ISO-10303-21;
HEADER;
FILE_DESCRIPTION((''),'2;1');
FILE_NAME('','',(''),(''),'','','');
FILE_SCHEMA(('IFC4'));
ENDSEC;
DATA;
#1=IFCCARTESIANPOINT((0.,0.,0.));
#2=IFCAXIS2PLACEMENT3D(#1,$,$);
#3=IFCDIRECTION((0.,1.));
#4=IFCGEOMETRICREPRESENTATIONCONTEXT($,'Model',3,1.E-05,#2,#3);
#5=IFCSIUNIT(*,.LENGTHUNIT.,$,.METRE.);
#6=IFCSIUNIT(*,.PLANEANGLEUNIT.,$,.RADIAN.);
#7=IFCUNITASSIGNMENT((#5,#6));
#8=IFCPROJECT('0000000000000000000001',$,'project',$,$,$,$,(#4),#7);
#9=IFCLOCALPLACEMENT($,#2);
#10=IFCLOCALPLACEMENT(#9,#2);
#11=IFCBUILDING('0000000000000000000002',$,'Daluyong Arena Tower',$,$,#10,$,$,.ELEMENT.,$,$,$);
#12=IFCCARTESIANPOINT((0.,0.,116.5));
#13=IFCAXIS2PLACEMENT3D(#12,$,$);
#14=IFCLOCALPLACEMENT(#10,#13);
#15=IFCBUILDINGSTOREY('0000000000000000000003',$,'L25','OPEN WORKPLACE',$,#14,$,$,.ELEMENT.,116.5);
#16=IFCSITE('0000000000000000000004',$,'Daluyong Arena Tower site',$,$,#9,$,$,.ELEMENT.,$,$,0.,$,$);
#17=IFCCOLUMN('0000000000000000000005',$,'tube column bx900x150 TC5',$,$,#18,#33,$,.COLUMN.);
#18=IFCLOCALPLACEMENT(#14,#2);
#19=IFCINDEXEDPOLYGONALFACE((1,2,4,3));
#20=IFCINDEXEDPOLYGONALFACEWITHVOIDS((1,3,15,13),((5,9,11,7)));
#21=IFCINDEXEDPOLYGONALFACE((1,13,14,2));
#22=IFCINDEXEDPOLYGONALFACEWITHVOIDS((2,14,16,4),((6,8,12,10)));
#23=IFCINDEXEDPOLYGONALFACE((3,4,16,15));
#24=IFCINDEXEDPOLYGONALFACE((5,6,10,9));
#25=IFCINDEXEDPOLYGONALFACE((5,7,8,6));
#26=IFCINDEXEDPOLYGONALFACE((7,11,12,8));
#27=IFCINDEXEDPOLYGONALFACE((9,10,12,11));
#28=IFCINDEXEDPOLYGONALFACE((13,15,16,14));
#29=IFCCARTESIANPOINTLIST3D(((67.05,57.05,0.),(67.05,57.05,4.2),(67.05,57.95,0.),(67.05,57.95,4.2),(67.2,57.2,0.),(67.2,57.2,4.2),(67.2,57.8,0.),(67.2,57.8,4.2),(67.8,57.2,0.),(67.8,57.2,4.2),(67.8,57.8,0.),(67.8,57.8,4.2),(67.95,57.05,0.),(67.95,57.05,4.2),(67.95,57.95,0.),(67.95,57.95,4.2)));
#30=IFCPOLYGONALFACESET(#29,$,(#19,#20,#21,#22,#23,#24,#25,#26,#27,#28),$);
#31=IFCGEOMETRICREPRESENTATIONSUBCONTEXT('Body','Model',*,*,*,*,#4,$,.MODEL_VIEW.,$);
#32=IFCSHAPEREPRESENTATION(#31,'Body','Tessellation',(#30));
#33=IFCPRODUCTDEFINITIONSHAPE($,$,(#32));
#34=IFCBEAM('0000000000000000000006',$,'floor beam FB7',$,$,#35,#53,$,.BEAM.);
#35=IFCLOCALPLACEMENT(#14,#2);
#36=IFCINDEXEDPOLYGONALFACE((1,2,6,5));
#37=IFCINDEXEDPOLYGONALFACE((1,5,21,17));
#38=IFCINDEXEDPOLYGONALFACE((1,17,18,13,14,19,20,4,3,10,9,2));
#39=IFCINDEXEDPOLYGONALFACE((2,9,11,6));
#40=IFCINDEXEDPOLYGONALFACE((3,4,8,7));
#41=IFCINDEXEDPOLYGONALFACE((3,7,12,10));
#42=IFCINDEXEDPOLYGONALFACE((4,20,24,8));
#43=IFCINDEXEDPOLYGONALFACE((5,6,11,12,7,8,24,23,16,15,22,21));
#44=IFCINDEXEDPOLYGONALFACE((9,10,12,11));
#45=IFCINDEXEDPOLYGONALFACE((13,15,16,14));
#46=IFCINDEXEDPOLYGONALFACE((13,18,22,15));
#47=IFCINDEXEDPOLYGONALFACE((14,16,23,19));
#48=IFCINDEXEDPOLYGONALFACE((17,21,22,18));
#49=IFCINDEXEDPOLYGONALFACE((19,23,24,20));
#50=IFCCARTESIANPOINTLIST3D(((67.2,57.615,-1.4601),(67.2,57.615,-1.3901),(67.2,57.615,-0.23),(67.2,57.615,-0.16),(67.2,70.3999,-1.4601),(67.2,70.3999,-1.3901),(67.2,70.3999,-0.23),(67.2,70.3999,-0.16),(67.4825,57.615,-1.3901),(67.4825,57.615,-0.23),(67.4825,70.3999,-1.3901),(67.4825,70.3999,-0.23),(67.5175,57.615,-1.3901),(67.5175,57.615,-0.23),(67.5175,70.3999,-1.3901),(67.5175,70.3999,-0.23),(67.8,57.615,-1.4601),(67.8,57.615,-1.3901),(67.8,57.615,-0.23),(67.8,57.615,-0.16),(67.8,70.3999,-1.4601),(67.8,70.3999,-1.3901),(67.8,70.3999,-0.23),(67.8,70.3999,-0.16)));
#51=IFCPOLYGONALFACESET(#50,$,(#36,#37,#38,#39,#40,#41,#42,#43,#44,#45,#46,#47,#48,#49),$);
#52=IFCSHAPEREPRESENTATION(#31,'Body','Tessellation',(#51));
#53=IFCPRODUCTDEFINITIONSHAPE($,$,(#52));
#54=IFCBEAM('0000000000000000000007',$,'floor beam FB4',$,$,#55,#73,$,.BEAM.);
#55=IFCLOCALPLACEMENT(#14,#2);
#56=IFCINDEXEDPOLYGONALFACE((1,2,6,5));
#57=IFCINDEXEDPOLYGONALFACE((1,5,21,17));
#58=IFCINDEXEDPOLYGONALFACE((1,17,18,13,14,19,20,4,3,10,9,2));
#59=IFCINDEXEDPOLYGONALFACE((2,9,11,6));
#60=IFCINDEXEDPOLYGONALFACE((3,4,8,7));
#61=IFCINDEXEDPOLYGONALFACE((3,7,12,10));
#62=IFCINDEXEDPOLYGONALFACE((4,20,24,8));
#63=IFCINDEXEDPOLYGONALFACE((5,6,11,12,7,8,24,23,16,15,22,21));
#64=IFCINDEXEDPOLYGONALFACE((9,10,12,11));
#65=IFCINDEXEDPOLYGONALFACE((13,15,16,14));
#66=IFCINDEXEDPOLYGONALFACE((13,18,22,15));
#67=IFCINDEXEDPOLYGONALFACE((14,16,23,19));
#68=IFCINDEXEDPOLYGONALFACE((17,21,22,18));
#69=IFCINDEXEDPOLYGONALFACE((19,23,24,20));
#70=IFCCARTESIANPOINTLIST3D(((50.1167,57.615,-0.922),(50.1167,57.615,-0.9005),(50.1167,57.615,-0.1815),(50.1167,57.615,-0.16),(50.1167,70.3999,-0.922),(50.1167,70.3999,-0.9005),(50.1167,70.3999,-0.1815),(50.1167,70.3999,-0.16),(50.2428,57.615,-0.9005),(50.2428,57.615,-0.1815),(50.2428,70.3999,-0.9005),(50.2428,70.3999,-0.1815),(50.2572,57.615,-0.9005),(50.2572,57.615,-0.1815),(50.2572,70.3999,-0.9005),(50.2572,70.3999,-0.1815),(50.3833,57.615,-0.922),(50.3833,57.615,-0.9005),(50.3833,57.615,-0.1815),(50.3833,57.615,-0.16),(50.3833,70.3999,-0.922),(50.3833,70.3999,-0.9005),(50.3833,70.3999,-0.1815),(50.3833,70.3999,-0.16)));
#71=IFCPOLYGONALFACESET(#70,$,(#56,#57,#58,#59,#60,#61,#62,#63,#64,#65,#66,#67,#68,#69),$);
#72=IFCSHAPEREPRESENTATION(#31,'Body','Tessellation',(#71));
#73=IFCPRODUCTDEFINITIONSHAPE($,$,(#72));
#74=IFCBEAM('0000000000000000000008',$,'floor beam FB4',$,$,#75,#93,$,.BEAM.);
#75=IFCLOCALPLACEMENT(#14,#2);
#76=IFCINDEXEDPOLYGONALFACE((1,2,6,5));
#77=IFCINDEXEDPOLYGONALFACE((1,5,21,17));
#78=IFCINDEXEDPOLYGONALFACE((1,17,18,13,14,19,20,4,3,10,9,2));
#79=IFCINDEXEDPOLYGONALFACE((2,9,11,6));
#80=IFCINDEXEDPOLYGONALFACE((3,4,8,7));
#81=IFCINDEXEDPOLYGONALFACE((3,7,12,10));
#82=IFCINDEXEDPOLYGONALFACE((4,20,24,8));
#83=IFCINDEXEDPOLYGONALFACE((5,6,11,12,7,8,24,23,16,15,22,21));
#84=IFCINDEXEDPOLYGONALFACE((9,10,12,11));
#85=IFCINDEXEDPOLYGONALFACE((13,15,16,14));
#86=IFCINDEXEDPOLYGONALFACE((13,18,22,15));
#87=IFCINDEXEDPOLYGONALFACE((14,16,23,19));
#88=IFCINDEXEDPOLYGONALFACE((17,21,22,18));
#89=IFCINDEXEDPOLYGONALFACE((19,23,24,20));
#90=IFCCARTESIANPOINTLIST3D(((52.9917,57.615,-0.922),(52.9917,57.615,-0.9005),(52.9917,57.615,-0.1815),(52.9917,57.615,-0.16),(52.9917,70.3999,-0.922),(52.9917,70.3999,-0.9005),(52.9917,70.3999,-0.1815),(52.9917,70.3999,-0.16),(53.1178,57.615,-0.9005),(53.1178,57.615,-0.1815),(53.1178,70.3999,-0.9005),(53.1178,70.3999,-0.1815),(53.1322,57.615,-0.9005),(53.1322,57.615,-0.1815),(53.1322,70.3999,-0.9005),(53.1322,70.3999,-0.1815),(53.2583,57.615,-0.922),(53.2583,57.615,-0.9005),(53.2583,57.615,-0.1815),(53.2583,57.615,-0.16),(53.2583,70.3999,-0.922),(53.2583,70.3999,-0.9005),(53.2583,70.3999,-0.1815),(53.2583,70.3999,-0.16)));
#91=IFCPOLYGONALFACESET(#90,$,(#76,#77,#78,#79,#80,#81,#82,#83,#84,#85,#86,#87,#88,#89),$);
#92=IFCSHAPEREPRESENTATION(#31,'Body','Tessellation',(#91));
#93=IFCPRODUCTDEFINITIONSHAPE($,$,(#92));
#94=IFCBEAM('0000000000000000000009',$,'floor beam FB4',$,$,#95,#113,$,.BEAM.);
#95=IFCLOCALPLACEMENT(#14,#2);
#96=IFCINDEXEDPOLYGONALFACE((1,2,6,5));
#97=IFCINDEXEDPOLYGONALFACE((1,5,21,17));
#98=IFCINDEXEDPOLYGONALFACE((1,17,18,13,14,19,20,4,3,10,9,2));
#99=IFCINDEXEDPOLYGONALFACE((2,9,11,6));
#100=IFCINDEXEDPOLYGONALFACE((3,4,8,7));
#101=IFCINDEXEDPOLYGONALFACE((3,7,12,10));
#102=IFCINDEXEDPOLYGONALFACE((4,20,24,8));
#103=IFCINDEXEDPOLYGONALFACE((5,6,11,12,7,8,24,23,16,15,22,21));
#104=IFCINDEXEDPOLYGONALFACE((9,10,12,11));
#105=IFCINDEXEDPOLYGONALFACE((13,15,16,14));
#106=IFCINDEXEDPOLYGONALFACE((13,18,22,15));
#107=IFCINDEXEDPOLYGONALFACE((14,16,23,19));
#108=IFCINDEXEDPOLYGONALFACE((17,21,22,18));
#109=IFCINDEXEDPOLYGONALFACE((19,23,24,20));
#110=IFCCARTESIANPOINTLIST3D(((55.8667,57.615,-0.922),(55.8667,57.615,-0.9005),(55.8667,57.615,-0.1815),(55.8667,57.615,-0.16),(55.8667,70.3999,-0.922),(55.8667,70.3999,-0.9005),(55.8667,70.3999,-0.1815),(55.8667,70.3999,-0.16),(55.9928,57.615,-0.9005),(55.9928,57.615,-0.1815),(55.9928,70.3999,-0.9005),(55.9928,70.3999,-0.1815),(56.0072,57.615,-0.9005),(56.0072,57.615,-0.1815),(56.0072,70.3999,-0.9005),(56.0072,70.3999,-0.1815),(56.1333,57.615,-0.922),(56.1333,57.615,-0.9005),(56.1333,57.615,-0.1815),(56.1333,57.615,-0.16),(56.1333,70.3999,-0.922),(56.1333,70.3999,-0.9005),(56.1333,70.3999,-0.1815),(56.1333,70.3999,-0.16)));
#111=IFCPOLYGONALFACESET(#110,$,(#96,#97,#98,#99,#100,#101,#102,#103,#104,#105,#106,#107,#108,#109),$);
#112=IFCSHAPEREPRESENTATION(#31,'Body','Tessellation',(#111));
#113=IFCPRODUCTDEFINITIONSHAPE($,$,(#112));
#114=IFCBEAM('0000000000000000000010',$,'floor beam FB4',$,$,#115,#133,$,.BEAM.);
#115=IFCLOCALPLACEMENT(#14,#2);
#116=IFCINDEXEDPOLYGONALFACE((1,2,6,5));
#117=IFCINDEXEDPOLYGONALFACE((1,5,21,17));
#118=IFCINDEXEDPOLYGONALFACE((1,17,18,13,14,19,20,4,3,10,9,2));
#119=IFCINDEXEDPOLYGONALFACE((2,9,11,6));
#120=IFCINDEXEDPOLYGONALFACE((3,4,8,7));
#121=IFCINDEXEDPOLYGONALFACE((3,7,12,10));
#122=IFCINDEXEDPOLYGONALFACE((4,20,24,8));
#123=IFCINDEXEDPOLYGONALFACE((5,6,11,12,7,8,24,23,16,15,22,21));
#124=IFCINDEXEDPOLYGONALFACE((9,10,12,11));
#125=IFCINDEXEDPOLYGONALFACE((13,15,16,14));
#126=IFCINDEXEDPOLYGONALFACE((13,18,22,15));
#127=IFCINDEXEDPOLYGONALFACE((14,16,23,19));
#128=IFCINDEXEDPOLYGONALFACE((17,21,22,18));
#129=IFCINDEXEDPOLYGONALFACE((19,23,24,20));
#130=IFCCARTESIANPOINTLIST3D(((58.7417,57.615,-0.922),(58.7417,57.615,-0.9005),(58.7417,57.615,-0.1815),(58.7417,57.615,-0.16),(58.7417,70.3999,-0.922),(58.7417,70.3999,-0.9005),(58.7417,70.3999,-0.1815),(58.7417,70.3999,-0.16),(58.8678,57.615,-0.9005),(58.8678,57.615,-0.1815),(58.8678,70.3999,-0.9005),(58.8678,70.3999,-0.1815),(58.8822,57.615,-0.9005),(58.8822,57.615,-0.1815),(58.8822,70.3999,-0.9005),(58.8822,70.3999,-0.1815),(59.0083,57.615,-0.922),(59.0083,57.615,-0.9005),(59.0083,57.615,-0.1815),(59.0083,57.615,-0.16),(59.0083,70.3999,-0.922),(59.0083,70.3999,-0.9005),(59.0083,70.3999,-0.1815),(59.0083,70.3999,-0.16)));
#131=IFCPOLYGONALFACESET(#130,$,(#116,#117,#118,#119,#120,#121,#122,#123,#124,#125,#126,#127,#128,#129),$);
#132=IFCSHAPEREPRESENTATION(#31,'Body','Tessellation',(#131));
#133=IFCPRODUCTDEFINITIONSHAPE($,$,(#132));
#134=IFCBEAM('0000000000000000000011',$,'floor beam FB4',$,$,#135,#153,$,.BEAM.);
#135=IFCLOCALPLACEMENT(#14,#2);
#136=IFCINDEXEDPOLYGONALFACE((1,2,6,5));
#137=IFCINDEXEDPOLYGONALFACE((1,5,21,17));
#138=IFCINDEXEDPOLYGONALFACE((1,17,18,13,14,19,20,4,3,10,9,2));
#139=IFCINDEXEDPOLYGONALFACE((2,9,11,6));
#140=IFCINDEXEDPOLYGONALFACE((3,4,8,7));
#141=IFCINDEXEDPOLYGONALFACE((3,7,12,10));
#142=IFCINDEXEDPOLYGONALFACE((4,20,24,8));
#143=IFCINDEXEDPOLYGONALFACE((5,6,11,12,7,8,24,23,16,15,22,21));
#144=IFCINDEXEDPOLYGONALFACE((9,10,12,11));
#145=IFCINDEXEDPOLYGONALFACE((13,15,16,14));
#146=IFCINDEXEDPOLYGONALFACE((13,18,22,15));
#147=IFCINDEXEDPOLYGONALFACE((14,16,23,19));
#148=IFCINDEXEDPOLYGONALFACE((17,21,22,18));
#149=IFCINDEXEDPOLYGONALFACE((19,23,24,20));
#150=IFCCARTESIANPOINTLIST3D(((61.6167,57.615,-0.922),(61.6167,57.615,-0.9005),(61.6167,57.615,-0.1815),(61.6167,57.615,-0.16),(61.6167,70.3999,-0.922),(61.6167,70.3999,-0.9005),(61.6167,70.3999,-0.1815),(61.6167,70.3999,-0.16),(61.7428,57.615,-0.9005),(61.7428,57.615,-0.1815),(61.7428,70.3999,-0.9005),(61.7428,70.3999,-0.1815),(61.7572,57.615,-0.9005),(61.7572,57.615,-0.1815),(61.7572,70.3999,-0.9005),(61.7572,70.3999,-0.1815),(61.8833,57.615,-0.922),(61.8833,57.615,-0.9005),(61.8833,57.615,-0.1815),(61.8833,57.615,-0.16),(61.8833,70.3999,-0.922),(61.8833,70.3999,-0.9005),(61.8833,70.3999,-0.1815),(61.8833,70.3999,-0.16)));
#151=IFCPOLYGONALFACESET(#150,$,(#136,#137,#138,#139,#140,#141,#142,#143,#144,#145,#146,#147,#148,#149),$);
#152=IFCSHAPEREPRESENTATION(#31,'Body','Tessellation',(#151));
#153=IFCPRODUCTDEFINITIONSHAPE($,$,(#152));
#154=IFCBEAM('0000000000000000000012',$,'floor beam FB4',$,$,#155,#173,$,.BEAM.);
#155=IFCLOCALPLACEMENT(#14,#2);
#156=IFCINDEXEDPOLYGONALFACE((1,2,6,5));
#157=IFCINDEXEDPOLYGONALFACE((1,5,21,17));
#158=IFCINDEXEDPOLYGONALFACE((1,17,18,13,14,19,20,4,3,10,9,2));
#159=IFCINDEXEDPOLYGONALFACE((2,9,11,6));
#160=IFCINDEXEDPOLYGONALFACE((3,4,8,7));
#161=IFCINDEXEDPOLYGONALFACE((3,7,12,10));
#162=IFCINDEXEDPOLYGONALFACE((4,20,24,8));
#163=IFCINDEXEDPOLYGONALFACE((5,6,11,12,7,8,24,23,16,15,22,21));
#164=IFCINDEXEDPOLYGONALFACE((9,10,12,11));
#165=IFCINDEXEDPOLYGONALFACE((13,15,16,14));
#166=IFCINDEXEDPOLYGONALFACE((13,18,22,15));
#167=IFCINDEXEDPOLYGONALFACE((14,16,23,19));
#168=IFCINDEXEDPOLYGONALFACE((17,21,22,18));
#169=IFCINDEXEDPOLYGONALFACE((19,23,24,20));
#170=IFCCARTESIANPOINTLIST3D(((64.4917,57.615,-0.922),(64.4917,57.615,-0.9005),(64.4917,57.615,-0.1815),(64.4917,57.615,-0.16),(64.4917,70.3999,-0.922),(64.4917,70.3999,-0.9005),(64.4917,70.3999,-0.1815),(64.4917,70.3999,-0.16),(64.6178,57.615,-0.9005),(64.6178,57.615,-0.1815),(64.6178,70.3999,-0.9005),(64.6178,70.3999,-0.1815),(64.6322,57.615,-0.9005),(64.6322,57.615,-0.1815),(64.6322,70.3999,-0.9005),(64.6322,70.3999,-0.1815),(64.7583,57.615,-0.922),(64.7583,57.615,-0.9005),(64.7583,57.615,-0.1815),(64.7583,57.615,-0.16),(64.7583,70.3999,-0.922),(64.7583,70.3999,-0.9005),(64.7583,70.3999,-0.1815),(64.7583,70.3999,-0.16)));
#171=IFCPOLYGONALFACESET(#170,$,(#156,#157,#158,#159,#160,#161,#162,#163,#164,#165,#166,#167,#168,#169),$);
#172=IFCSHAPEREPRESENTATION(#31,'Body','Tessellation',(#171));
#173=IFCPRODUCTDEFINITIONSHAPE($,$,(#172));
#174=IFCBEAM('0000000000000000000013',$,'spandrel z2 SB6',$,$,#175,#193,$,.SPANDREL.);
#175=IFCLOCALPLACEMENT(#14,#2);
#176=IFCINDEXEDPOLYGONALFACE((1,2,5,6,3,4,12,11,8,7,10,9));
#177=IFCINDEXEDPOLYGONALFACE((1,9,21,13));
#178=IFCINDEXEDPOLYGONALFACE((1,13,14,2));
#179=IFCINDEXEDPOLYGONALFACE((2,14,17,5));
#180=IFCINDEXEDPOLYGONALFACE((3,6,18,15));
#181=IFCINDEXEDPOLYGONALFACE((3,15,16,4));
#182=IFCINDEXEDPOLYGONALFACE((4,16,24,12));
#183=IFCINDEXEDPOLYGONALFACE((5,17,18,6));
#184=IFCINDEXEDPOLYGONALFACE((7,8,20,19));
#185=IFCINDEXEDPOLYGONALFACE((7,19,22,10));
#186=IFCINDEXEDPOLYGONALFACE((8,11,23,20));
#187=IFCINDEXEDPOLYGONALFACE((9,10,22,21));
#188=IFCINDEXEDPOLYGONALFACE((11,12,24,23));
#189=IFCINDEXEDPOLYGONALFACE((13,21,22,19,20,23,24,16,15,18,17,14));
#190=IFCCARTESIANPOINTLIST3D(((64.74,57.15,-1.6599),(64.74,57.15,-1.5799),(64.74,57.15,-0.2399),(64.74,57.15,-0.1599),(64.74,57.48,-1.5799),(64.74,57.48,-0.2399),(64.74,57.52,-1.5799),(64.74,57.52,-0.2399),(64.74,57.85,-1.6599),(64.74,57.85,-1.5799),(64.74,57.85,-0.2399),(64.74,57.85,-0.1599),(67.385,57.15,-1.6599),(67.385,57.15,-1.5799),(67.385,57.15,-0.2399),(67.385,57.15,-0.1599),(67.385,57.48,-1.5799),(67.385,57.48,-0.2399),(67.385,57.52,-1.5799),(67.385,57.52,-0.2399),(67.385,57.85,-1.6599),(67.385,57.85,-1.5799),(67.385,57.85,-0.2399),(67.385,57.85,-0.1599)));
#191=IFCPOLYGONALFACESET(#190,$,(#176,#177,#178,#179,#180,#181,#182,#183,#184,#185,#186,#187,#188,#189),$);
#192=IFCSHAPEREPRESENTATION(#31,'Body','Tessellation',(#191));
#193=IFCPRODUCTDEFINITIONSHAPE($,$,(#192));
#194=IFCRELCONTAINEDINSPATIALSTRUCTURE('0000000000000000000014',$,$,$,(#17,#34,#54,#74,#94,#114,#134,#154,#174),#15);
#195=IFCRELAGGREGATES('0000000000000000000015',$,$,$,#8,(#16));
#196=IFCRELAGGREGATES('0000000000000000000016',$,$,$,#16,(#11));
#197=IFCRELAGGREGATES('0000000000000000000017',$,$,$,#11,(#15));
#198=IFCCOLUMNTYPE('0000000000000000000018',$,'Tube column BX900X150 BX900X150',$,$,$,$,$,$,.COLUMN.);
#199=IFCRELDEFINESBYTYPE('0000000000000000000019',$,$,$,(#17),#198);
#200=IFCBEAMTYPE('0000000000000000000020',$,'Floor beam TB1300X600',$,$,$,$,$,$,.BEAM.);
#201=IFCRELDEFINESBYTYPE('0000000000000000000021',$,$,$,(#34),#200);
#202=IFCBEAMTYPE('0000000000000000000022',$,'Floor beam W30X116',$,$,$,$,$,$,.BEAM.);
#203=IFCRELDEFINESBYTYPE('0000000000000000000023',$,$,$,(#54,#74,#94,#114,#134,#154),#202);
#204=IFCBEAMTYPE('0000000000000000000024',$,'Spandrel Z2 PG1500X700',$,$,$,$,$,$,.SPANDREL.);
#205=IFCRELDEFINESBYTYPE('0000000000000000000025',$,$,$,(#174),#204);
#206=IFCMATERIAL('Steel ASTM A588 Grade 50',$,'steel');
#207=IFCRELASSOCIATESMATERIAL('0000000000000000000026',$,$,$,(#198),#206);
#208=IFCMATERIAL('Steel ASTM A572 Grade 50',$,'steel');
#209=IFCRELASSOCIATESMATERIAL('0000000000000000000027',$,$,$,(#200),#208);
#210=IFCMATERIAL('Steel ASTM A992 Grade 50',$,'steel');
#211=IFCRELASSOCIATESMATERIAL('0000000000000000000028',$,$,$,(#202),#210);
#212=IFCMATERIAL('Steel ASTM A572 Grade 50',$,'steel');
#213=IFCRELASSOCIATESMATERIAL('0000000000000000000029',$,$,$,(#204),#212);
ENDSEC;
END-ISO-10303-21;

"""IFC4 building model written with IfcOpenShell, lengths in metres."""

from ifc_helpers import new_model, si_unit, direction, frame, origin, origin_2d, place, context, subcontext, project, spatial, hollow_rectangle, i_section, extrude, material, material_profile, profile_set, type_object, element, save


model = new_model("IFC4")

# Units and contexts
model_context = context("Model", 3, precision=1e-05, world=origin(), true_north=direction((0.0, 1.0)))
body_context = subcontext(model_context, "Body", "Model", "MODEL_VIEW")
ifc_project = project(units=[si_unit("LENGTHUNIT", "METRE"), si_unit("PLANEANGLEUNIT", "RADIAN")], contexts=[model_context])

# Site, building, storey
site_placement = place(None, origin())
site = spatial("IfcSite", under=ifc_project, at=site_placement, Name="Daluyong Arena Tower site", CompositionType="ELEMENT", RefElevation=0.0)
building_placement = place(site_placement, origin())
building = spatial("IfcBuilding", under=site, at=building_placement, Name="Daluyong Arena Tower", CompositionType="ELEMENT")
storey_placement = place(building_placement, frame((0.0, 0.0, 116.5)))
storey = spatial("IfcBuildingStorey", under=building, at=storey_placement, Name="L25", Description="OPEN WORKPLACE", CompositionType="ELEMENT", Elevation=116.5)

# Column
ifc_material_1 = material(Name="Steel ASTM A588 Grade 50", Category="steel")
ifc_material_profile_1 = material_profile(ifc_material_1, hollow_rectangle(XDim=0.8999, YDim=0.8999, WallThickness=0.15, at=origin_2d()))
ifc_profile_set_1 = profile_set([ifc_material_profile_1], Name="Steel ASTM A588 Grade 50")
column_type = type_object("IfcColumnType", Name="Tube column BX900X150 BX900X150", PredefinedType="COLUMN", material=ifc_profile_set_1)
column_placement = place(storey_placement, frame((67.5, 57.5, 0.0), z_axis=(0.0, 0.0, 1.0), x_axis=(1.0, 0.0, 0.0)))
element("IfcColumn", 1, at=column_placement, inside=storey, type_object=column_type, Name="tube column bx900x150 TC5", PredefinedType="COLUMN", context=body_context, shape_type="SweptSolid", body=[
    extrude(hollow_rectangle(XDim=0.8999, YDim=0.8999, WallThickness=0.15, at=origin_2d()), origin(), (0.0, 0.0, 1.0), 4.2),
])

# Beams
ifc_material_2 = material(Name="Steel ASTM A572 Grade 50", Category="steel")
ifc_material_profile_2 = material_profile(ifc_material_2, i_section(OverallWidth=0.6001, OverallDepth=1.3, WebThickness=0.035, FlangeThickness=0.07, at=origin_2d()))
ifc_profile_set_2 = profile_set([ifc_material_profile_2], Name="Steel ASTM A572 Grade 50")
beam_type_1 = type_object("IfcBeamType", Name="Floor beam TB1300X600", PredefinedType="BEAM", material=ifc_profile_set_2)
beam_placement = place(storey_placement, frame((67.5, 57.615, -0.8101), z_axis=(0.0, 1.0, 0.0), x_axis=(-1.0, 0.0, 0.0)))
element("IfcBeam", 2, at=beam_placement, inside=storey, type_object=beam_type_1, Name="floor beam FB7", PredefinedType="BEAM", context=body_context, shape_type="SweptSolid", body=[
    extrude(i_section(OverallWidth=0.6001, OverallDepth=1.3, WebThickness=0.035, FlangeThickness=0.07, at=origin_2d()), origin(), (0.0, 0.0, 1.0), 12.7849),
])
ifc_material_3 = material(Name="Steel ASTM A992 Grade 50", Category="steel")
ifc_material_profile_3 = material_profile(ifc_material_3, i_section(OverallWidth=0.2666, OverallDepth=0.762, WebThickness=0.0144, FlangeThickness=0.0215, at=origin_2d()))
ifc_profile_set_3 = profile_set([ifc_material_profile_3], Name="Steel ASTM A992 Grade 50")
beam_type_2 = type_object("IfcBeamType", Name="Floor beam W30X116", PredefinedType="BEAM", material=ifc_profile_set_3)
for number, where, z_axis, x_axis, name in (
    (3, (50.25, 57.615, -0.541), (0.0, 1.0, 0.0), (-1.0, 0.0, 0.0), "floor beam FB4"),
    (4, (53.125, 57.615, -0.541), (0.0, 1.0, 0.0), (-1.0, 0.0, 0.0), "floor beam FB4"),
    (5, (56.0, 57.615, -0.541), (0.0, 1.0, 0.0), (-1.0, 0.0, 0.0), "floor beam FB4"),
    (6, (58.875, 57.615, -0.541), (0.0, 1.0, 0.0), (-1.0, 0.0, 0.0), "floor beam FB4"),
    (7, (61.75, 57.615, -0.541), (0.0, 1.0, 0.0), (-1.0, 0.0, 0.0), "floor beam FB4"),
    (8, (64.625, 57.615, -0.541), (0.0, 1.0, 0.0), (-1.0, 0.0, 0.0), "floor beam FB4"),
):
    element("IfcBeam", number, at=place(storey_placement, frame(where, z_axis=z_axis, x_axis=x_axis)), inside=storey, type_object=beam_type_2, Name=name, PredefinedType="BEAM", context=body_context, shape_type="SweptSolid", body=[
        extrude(i_section(OverallWidth=0.2666, OverallDepth=0.762, WebThickness=0.0144, FlangeThickness=0.0215, at=origin_2d()), origin(), (0.0, 0.0, 1.0), 12.7849),
    ])
ifc_material_4 = material(Name="Steel ASTM A572 Grade 50", Category="steel")
ifc_material_profile_4 = material_profile(ifc_material_4, i_section(OverallWidth=0.7, OverallDepth=1.5, WebThickness=0.04, FlangeThickness=0.08, at=origin_2d()))
ifc_profile_set_4 = profile_set([ifc_material_profile_4], Name="Steel ASTM A572 Grade 50")
beam_type_3 = type_object("IfcBeamType", Name="Spandrel Z2 PG1500X700", PredefinedType="SPANDREL", material=ifc_profile_set_4)
for number, where, z_axis, x_axis, name in (
    (9, (64.74, 57.5, -0.9099), (1.0, 0.0, 0.0), (0.0, 1.0, 0.0), "spandrel z2 SB6"),
):
    element("IfcBeam", number, at=place(storey_placement, frame(where, z_axis=z_axis, x_axis=x_axis)), inside=storey, type_object=beam_type_3, Name=name, PredefinedType="SPANDREL", context=body_context, shape_type="SweptSolid", body=[
        extrude(i_section(OverallWidth=0.7, OverallDepth=1.5, WebThickness=0.04, FlangeThickness=0.08, at=origin_2d()), origin(), (0.0, 0.0, 1.0), 2.645),
    ])

save(model, "model.ifc")
